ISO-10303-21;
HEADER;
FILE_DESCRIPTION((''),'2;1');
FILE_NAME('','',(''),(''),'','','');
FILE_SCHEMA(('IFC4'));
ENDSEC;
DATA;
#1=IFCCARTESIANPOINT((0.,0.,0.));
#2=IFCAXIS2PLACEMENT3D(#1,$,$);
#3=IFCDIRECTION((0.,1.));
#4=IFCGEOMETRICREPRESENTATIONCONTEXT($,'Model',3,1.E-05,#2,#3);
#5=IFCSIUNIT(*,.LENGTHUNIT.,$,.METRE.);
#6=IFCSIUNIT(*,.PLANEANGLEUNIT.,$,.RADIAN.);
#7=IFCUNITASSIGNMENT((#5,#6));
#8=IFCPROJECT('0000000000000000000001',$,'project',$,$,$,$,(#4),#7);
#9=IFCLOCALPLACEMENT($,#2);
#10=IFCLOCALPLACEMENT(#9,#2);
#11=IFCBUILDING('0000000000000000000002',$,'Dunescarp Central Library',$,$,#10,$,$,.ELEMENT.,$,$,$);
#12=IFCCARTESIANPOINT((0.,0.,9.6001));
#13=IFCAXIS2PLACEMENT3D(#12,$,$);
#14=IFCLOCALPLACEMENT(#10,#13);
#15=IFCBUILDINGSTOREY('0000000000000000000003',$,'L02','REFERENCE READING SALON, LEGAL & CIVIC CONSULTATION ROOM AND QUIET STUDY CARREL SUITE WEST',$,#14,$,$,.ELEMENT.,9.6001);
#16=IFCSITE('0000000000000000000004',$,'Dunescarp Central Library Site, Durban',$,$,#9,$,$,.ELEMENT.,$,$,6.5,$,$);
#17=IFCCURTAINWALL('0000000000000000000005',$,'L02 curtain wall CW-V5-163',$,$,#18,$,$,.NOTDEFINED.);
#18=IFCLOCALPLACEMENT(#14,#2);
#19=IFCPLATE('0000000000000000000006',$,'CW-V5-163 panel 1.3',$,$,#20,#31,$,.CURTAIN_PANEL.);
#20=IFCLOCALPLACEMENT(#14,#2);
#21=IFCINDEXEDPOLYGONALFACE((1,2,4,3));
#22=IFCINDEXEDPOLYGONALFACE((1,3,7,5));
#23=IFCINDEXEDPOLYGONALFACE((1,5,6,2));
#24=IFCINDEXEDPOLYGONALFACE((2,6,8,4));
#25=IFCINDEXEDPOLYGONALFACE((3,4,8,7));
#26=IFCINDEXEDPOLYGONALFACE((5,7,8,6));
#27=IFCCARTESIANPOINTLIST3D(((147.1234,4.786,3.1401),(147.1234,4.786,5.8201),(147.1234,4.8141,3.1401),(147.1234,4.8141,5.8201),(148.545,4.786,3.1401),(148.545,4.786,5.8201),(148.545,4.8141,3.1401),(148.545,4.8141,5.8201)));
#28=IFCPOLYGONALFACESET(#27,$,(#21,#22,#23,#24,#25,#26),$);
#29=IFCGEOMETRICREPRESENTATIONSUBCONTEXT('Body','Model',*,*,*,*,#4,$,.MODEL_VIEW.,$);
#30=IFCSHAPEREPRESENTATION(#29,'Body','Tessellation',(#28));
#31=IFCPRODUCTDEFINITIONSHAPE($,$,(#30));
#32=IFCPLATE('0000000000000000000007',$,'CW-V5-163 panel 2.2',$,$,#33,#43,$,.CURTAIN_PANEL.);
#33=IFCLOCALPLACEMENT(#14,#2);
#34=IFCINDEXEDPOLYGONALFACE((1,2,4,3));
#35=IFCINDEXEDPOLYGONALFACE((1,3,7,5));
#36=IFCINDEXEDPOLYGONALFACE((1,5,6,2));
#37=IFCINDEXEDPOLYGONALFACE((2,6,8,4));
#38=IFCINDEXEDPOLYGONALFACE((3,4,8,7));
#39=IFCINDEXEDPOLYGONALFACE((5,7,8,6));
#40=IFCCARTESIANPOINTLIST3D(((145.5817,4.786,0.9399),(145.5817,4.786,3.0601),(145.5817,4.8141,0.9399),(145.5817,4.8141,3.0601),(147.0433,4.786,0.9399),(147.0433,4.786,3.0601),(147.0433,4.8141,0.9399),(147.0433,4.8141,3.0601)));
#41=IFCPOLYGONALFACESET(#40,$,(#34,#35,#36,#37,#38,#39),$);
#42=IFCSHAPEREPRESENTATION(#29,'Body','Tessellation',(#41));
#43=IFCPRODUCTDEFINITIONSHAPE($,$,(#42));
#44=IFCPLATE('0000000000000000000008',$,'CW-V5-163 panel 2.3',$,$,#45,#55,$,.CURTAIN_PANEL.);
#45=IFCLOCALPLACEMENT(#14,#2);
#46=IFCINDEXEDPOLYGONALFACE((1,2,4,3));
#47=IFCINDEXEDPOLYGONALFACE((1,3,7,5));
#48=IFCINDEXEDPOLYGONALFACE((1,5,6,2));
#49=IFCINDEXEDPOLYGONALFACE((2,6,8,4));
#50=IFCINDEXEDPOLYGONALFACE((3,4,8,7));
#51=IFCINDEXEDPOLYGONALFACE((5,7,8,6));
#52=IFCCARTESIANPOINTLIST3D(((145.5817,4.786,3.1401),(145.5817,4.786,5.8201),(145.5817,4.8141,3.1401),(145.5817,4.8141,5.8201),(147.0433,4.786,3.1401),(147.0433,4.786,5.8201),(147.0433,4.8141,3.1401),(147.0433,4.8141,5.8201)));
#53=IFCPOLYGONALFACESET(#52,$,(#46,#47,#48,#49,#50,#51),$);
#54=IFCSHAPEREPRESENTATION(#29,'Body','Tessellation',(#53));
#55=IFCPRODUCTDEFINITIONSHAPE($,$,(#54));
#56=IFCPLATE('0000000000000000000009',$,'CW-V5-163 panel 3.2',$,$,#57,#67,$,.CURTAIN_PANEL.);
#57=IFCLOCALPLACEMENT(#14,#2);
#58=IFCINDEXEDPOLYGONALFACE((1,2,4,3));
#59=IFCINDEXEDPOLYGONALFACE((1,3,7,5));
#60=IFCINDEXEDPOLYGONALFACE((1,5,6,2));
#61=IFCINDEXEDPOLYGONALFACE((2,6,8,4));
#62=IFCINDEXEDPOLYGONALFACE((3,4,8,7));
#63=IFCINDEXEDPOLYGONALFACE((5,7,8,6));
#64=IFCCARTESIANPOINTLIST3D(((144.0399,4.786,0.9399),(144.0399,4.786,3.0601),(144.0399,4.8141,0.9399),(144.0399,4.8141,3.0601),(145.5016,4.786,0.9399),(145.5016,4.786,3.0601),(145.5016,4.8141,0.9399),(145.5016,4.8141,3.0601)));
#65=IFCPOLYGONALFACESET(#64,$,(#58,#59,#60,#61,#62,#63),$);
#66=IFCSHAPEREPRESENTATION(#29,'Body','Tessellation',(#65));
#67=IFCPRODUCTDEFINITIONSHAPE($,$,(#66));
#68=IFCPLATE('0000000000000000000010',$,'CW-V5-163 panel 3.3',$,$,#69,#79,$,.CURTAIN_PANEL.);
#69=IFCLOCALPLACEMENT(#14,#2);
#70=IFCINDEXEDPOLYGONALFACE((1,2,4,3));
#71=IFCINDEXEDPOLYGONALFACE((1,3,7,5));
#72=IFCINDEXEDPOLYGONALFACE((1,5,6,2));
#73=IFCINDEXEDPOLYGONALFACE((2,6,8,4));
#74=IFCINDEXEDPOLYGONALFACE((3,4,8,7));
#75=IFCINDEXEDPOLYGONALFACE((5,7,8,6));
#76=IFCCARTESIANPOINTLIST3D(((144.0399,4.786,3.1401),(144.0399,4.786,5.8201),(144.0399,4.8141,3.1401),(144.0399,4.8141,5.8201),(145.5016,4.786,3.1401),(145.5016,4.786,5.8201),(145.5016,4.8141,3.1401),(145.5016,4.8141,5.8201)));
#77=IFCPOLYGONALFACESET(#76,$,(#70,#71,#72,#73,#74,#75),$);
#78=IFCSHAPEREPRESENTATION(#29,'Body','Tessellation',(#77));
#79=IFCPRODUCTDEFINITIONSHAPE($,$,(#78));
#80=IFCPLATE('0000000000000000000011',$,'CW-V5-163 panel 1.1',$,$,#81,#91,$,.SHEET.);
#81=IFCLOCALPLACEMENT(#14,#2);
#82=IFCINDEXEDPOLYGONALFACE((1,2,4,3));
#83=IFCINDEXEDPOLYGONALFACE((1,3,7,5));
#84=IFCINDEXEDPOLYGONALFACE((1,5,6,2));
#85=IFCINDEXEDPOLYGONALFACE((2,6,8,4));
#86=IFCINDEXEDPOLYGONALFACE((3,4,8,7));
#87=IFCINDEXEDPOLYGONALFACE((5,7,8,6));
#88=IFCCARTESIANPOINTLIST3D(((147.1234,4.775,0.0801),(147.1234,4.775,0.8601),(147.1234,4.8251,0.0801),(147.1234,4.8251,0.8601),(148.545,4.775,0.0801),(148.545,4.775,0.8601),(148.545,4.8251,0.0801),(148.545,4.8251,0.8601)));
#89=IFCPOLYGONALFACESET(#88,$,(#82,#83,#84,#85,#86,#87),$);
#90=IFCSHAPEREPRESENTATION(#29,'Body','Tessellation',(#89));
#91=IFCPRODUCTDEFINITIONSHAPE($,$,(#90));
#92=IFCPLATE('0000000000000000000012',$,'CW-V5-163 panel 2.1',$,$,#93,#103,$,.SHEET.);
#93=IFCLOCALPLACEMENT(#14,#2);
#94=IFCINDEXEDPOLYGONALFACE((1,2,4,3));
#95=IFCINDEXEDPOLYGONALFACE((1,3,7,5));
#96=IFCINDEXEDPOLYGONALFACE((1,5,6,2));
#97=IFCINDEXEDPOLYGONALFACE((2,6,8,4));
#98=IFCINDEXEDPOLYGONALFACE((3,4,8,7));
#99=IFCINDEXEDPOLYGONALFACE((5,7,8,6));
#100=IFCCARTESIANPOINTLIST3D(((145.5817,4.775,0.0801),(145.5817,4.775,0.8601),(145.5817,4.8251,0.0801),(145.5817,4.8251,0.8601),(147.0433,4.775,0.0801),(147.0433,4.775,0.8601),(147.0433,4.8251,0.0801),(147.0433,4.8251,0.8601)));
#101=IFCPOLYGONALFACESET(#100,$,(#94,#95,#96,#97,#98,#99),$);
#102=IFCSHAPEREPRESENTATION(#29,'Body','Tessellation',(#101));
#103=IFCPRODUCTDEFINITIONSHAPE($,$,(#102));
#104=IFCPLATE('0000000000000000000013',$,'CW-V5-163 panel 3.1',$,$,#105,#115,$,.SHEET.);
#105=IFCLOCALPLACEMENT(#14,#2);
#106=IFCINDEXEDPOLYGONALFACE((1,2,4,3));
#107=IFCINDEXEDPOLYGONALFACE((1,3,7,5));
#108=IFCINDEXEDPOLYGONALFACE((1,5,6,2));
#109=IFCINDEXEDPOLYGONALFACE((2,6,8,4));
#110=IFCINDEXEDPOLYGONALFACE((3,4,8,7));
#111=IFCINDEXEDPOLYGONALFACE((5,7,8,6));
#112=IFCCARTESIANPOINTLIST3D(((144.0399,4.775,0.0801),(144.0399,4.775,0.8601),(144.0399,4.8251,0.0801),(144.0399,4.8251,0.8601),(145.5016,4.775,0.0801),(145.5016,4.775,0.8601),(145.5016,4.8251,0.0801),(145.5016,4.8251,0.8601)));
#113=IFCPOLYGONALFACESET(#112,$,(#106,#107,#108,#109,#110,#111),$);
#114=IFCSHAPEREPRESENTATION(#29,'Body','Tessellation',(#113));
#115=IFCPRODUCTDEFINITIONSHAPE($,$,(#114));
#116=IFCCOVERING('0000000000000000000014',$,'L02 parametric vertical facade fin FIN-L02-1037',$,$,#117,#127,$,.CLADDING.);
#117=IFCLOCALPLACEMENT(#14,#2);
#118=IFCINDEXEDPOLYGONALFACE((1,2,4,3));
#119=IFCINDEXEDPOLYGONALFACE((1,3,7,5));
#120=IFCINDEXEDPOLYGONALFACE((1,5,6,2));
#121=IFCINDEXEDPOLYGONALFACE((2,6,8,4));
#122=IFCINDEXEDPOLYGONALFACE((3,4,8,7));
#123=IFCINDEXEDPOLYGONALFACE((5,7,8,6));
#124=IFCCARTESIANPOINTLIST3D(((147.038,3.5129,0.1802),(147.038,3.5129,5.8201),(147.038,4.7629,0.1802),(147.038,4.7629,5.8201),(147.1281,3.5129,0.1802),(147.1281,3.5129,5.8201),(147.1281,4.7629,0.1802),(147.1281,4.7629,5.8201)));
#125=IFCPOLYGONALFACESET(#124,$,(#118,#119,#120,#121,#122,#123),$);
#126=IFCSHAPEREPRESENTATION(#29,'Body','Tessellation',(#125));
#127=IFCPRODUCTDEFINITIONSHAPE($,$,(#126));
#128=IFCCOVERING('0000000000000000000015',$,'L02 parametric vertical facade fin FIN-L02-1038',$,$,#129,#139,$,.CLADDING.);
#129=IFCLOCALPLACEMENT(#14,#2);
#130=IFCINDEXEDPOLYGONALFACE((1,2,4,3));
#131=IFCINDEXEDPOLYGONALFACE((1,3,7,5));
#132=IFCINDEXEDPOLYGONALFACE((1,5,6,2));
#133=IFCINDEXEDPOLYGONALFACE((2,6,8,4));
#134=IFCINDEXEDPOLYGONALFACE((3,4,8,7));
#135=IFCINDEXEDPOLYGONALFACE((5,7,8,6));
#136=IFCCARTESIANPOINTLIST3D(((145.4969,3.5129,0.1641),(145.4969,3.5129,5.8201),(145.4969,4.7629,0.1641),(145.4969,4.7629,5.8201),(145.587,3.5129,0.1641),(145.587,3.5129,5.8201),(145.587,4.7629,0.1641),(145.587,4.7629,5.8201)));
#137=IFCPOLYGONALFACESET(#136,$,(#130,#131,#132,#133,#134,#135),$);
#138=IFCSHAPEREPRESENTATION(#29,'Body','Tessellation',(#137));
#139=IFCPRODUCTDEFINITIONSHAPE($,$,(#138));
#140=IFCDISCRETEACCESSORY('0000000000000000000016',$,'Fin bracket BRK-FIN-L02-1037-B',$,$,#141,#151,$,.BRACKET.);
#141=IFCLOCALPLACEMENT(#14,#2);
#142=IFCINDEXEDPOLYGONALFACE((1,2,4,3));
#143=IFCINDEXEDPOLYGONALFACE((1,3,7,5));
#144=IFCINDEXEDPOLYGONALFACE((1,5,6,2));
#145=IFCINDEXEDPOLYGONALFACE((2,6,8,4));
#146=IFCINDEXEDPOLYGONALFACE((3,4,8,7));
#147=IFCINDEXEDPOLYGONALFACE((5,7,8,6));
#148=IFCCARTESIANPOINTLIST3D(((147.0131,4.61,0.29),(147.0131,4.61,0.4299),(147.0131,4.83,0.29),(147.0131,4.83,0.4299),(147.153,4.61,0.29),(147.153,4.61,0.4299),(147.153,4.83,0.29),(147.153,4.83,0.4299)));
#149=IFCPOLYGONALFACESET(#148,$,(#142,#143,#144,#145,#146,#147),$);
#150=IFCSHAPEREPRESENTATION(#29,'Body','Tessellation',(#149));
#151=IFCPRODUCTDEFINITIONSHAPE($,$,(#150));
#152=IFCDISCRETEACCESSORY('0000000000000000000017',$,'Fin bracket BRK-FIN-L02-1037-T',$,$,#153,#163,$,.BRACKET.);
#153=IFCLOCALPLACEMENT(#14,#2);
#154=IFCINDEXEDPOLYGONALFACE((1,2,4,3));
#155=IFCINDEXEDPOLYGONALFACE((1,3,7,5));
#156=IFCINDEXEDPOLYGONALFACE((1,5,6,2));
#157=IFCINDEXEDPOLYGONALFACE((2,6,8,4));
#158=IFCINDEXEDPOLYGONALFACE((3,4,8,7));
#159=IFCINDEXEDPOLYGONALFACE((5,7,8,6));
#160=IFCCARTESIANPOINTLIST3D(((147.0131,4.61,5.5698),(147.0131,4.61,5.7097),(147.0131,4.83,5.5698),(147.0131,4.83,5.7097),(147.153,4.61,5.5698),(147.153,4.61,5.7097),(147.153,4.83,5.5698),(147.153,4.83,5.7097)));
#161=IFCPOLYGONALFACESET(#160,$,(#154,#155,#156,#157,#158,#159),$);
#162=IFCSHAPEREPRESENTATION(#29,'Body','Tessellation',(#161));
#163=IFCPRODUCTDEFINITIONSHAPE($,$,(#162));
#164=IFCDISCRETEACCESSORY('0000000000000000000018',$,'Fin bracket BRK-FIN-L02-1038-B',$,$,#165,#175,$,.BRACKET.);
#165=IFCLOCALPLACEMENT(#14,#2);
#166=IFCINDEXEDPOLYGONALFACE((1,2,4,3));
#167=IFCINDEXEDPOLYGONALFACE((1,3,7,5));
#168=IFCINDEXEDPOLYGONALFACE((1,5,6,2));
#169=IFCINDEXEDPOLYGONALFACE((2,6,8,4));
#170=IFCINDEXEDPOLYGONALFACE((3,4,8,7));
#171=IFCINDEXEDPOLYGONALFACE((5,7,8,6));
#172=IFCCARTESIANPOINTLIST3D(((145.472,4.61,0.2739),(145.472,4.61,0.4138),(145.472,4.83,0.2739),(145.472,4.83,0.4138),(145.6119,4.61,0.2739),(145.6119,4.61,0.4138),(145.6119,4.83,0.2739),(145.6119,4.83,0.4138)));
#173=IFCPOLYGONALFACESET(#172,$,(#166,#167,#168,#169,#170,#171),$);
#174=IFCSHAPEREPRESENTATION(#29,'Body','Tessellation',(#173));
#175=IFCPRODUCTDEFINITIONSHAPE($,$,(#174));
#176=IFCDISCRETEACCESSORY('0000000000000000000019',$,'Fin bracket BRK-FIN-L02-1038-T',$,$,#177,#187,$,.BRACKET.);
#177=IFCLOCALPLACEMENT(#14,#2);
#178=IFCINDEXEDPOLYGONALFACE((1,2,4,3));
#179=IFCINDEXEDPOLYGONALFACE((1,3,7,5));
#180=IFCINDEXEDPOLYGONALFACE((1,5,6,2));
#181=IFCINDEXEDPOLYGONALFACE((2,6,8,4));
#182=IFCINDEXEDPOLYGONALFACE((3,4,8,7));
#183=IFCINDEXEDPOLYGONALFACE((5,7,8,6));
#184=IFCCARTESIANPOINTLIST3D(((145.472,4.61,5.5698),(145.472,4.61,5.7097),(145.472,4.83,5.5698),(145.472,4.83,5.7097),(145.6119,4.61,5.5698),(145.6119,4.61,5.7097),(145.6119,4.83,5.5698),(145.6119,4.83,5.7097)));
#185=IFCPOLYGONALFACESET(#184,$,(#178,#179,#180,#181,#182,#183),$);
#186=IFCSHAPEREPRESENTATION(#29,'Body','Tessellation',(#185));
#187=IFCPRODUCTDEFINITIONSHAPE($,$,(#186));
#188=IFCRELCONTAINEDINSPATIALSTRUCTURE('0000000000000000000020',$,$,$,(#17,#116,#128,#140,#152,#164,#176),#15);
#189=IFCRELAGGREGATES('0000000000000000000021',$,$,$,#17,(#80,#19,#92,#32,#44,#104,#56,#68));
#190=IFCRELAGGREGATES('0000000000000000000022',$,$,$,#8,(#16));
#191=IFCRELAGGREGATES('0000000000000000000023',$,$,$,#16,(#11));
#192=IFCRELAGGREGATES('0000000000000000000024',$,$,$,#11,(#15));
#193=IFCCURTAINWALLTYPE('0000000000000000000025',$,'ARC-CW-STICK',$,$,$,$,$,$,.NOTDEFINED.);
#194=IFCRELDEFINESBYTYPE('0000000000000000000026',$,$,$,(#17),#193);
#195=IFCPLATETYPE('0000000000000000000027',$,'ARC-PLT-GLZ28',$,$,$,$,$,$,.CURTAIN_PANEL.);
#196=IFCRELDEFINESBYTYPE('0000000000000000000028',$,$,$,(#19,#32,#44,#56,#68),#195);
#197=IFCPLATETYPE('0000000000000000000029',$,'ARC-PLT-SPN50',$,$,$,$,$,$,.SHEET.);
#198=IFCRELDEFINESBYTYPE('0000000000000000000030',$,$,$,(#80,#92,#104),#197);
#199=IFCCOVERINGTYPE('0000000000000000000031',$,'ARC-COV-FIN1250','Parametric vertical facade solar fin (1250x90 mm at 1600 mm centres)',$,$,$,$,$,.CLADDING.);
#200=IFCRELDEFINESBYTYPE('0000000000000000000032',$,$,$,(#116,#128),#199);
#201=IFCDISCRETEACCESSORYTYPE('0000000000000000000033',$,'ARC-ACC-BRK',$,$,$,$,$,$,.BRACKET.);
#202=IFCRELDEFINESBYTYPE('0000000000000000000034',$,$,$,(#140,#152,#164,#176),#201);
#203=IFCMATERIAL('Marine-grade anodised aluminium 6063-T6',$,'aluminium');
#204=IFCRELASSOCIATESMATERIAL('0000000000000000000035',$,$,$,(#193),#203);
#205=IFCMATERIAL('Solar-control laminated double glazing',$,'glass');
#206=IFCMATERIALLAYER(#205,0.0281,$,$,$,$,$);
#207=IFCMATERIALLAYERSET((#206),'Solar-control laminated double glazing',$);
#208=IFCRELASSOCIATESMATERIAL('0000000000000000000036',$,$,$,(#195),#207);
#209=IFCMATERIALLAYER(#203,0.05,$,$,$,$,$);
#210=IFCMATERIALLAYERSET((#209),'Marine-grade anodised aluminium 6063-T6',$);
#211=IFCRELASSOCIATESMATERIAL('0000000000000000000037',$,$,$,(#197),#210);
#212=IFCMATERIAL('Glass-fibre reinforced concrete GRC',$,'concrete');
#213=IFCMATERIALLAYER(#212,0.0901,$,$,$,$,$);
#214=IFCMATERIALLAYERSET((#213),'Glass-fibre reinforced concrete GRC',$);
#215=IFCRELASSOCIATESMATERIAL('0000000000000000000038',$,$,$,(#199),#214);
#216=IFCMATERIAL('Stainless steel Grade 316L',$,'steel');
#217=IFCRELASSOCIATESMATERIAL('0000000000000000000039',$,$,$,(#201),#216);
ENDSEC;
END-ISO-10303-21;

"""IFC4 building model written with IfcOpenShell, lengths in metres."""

from ifc_helpers import new_model, si_unit, direction, frame, origin, origin_2d, place, context, subcontext, project, spatial, rectangle, extrude, material, layer, layer_set, type_object, element, aggregate, save


model = new_model("IFC4")

# Units and contexts
model_context = context("Model", 3, precision=1e-05, world=origin(), true_north=direction((0.0, 1.0)))
body_context = subcontext(model_context, "Body", "Model", "MODEL_VIEW")
ifc_project = project(units=[si_unit("LENGTHUNIT", "METRE"), si_unit("PLANEANGLEUNIT", "RADIAN")], contexts=[model_context])

# Site, building, storey
site_placement = place(None, origin())
site = spatial("IfcSite", under=ifc_project, at=site_placement, Name="Dunescarp Central Library Site, Durban", CompositionType="ELEMENT", RefElevation=6.5)
building_placement = place(site_placement, origin())
building = spatial("IfcBuilding", under=site, at=building_placement, Name="Dunescarp Central Library", CompositionType="ELEMENT")
storey_placement = place(building_placement, frame((0.0, 0.0, 9.6001)))
storey = spatial("IfcBuildingStorey", under=building, at=storey_placement, Name="L02", Description="REFERENCE READING SALON, LEGAL & CIVIC CONSULTATION ROOM AND QUIET STUDY CARREL SUITE WEST", CompositionType="ELEMENT", Elevation=9.6001)

# Curtain wall
ifc_material_1 = material(Name="Marine-grade anodised aluminium 6063-T6", Category="aluminium")
curtain_wall_type = type_object("IfcCurtainWallType", Name="ARC-CW-STICK", PredefinedType="NOTDEFINED", material=ifc_material_1)
curtain_wall_placement = place(storey_placement, origin())
curtain_wall = element("IfcCurtainWall", 1, at=curtain_wall_placement, inside=storey, type_object=curtain_wall_type, Name="L02 curtain wall CW-V5-163", PredefinedType="NOTDEFINED")

# Plates
ifc_material_2 = material(Name="Solar-control laminated double glazing", Category="glass")
ifc_layer_1 = layer(ifc_material_2, 0.0281)
ifc_layer_set_1 = layer_set([ifc_layer_1], Name="Solar-control laminated double glazing")
plate_type_1 = type_object("IfcPlateType", Name="ARC-PLT-GLZ28", PredefinedType="CURTAIN_PANEL", material=ifc_layer_set_1)
plate_1_placement = place(storey_placement, frame((147.8342, 4.8, 3.1401), z_axis=(0.0, 0.0, 1.0), x_axis=(-1.0, 0.0, 0.0)))
plate_1 = element("IfcPlate", 2, at=plate_1_placement, type_object=plate_type_1, Name="CW-V5-163 panel 1.3", PredefinedType="CURTAIN_PANEL", context=body_context, shape_type="SweptSolid", body=[
    extrude(rectangle(XDim=1.4216, YDim=0.0281, at=origin_2d()), origin(), (0.0, 0.0, 1.0), 2.6799),
])
plate_2_placement = place(storey_placement, frame((146.3125, 4.8, 0.9399), z_axis=(0.0, 0.0, 1.0), x_axis=(-1.0, 0.0, 0.0)))
plate_2 = element("IfcPlate", 3, at=plate_2_placement, type_object=plate_type_1, Name="CW-V5-163 panel 2.2", PredefinedType="CURTAIN_PANEL", context=body_context, shape_type="SweptSolid", body=[
    extrude(rectangle(XDim=1.4617, YDim=0.0281, at=origin_2d()), origin(), (0.0, 0.0, 1.0), 2.1201),
])
plate_3_placement = place(storey_placement, frame((146.3125, 4.8, 3.1401), z_axis=(0.0, 0.0, 1.0), x_axis=(-1.0, 0.0, 0.0)))
plate_3 = element("IfcPlate", 4, at=plate_3_placement, type_object=plate_type_1, Name="CW-V5-163 panel 2.3", PredefinedType="CURTAIN_PANEL", context=body_context, shape_type="SweptSolid", body=[
    extrude(rectangle(XDim=1.4617, YDim=0.0281, at=origin_2d()), origin(), (0.0, 0.0, 1.0), 2.6799),
])
plate_4_placement = place(storey_placement, frame((144.7708, 4.8, 0.9399), z_axis=(0.0, 0.0, 1.0), x_axis=(-1.0, 0.0, 0.0)))
plate_4 = element("IfcPlate", 5, at=plate_4_placement, type_object=plate_type_1, Name="CW-V5-163 panel 3.2", PredefinedType="CURTAIN_PANEL", context=body_context, shape_type="SweptSolid", body=[
    extrude(rectangle(XDim=1.4617, YDim=0.0281, at=origin_2d()), origin(), (0.0, 0.0, 1.0), 2.1201),
])
plate_5_placement = place(storey_placement, frame((144.7708, 4.8, 3.1401), z_axis=(0.0, 0.0, 1.0), x_axis=(-1.0, 0.0, 0.0)))
plate_5 = element("IfcPlate", 6, at=plate_5_placement, type_object=plate_type_1, Name="CW-V5-163 panel 3.3", PredefinedType="CURTAIN_PANEL", context=body_context, shape_type="SweptSolid", body=[
    extrude(rectangle(XDim=1.4617, YDim=0.0281, at=origin_2d()), origin(), (0.0, 0.0, 1.0), 2.6799),
])
ifc_layer_2 = layer(ifc_material_1, 0.05)
ifc_layer_set_2 = layer_set([ifc_layer_2], Name="Marine-grade anodised aluminium 6063-T6")
plate_type_2 = type_object("IfcPlateType", Name="ARC-PLT-SPN50", PredefinedType="SHEET", material=ifc_layer_set_2)
plate_6_placement = place(storey_placement, frame((147.8342, 4.8, 0.0801), z_axis=(0.0, 0.0, 1.0), x_axis=(-1.0, 0.0, 0.0)))
plate_6 = element("IfcPlate", 7, at=plate_6_placement, type_object=plate_type_2, Name="CW-V5-163 panel 1.1", PredefinedType="SHEET", context=body_context, shape_type="SweptSolid", body=[
    extrude(rectangle(XDim=1.4216, YDim=0.05, at=origin_2d()), origin(), (0.0, 0.0, 1.0), 0.78),
])
plate_7_placement = place(storey_placement, frame((146.3125, 4.8, 0.0801), z_axis=(0.0, 0.0, 1.0), x_axis=(-1.0, 0.0, 0.0)))
plate_7 = element("IfcPlate", 8, at=plate_7_placement, type_object=plate_type_2, Name="CW-V5-163 panel 2.1", PredefinedType="SHEET", context=body_context, shape_type="SweptSolid", body=[
    extrude(rectangle(XDim=1.4617, YDim=0.05, at=origin_2d()), origin(), (0.0, 0.0, 1.0), 0.78),
])
plate_8_placement = place(storey_placement, frame((144.7708, 4.8, 0.0801), z_axis=(0.0, 0.0, 1.0), x_axis=(-1.0, 0.0, 0.0)))
plate_8 = element("IfcPlate", 9, at=plate_8_placement, type_object=plate_type_2, Name="CW-V5-163 panel 3.1", PredefinedType="SHEET", context=body_context, shape_type="SweptSolid", body=[
    extrude(rectangle(XDim=1.4617, YDim=0.05, at=origin_2d()), origin(), (0.0, 0.0, 1.0), 0.78),
])
aggregate(curtain_wall, [plate_6, plate_1, plate_7, plate_2, plate_3, plate_8, plate_4, plate_5])

# Coverings
ifc_material_3 = material(Name="Glass-fibre reinforced concrete GRC", Category="concrete")
ifc_layer_3 = layer(ifc_material_3, 0.0901)
ifc_layer_set_3 = layer_set([ifc_layer_3], Name="Glass-fibre reinforced concrete GRC")
covering_type = type_object("IfcCoveringType", Name="ARC-COV-FIN1250", Description="Parametric vertical facade solar fin (1250x90 mm at 1600 mm centres)", PredefinedType="CLADDING", material=ifc_layer_set_3)
covering_1_placement = place(storey_placement, frame((147.083, 4.1379, 0.1802), z_axis=(0.0, 0.0, 1.0), x_axis=(0.0, -1.0, 0.0)))
element("IfcCovering", 10, at=covering_1_placement, inside=storey, type_object=covering_type, Name="L02 parametric vertical facade fin FIN-L02-1037", PredefinedType="CLADDING", context=body_context, shape_type="SweptSolid", body=[
    extrude(rectangle(XDim=1.25, YDim=0.0901, at=origin_2d()), origin(), (0.0, 0.0, 1.0), 5.6399),
])
covering_2_placement = place(storey_placement, frame((145.542, 4.1379, 0.1641), z_axis=(0.0, 0.0, 1.0), x_axis=(0.0, -1.0, 0.0)))
element("IfcCovering", 11, at=covering_2_placement, inside=storey, type_object=covering_type, Name="L02 parametric vertical facade fin FIN-L02-1038", PredefinedType="CLADDING", context=body_context, shape_type="SweptSolid", body=[
    extrude(rectangle(XDim=1.25, YDim=0.0901, at=origin_2d()), origin(), (0.0, 0.0, 1.0), 5.656),
])

# Discrete accessories
ifc_material_4 = material(Name="Stainless steel Grade 316L", Category="steel")
discrete_accessory_type = type_object("IfcDiscreteAccessoryType", Name="ARC-ACC-BRK", PredefinedType="BRACKET", material=ifc_material_4)
for number, where, z_axis, x_axis, name in (
    (12, (147.083, 4.72, 0.29), (0.0, 0.0, 1.0), (0.0, -1.0, 0.0), "Fin bracket BRK-FIN-L02-1037-B"),
    (13, (147.083, 4.72, 5.5698), (0.0, 0.0, 1.0), (0.0, -1.0, 0.0), "Fin bracket BRK-FIN-L02-1037-T"),
    (14, (145.542, 4.72, 0.2739), (0.0, 0.0, 1.0), (0.0, -1.0, 0.0), "Fin bracket BRK-FIN-L02-1038-B"),
    (15, (145.542, 4.72, 5.5698), (0.0, 0.0, 1.0), (0.0, -1.0, 0.0), "Fin bracket BRK-FIN-L02-1038-T"),
):
    element("IfcDiscreteAccessory", number, at=place(storey_placement, frame(where, z_axis=z_axis, x_axis=x_axis)), inside=storey, type_object=discrete_accessory_type, Name=name, PredefinedType="BRACKET", context=body_context, shape_type="SweptSolid", body=[
        extrude(rectangle(XDim=0.22, YDim=0.1399, at=origin_2d()), origin(), (0.0, 0.0, 1.0), 0.1399),
    ])

save(model, "model.ifc")
